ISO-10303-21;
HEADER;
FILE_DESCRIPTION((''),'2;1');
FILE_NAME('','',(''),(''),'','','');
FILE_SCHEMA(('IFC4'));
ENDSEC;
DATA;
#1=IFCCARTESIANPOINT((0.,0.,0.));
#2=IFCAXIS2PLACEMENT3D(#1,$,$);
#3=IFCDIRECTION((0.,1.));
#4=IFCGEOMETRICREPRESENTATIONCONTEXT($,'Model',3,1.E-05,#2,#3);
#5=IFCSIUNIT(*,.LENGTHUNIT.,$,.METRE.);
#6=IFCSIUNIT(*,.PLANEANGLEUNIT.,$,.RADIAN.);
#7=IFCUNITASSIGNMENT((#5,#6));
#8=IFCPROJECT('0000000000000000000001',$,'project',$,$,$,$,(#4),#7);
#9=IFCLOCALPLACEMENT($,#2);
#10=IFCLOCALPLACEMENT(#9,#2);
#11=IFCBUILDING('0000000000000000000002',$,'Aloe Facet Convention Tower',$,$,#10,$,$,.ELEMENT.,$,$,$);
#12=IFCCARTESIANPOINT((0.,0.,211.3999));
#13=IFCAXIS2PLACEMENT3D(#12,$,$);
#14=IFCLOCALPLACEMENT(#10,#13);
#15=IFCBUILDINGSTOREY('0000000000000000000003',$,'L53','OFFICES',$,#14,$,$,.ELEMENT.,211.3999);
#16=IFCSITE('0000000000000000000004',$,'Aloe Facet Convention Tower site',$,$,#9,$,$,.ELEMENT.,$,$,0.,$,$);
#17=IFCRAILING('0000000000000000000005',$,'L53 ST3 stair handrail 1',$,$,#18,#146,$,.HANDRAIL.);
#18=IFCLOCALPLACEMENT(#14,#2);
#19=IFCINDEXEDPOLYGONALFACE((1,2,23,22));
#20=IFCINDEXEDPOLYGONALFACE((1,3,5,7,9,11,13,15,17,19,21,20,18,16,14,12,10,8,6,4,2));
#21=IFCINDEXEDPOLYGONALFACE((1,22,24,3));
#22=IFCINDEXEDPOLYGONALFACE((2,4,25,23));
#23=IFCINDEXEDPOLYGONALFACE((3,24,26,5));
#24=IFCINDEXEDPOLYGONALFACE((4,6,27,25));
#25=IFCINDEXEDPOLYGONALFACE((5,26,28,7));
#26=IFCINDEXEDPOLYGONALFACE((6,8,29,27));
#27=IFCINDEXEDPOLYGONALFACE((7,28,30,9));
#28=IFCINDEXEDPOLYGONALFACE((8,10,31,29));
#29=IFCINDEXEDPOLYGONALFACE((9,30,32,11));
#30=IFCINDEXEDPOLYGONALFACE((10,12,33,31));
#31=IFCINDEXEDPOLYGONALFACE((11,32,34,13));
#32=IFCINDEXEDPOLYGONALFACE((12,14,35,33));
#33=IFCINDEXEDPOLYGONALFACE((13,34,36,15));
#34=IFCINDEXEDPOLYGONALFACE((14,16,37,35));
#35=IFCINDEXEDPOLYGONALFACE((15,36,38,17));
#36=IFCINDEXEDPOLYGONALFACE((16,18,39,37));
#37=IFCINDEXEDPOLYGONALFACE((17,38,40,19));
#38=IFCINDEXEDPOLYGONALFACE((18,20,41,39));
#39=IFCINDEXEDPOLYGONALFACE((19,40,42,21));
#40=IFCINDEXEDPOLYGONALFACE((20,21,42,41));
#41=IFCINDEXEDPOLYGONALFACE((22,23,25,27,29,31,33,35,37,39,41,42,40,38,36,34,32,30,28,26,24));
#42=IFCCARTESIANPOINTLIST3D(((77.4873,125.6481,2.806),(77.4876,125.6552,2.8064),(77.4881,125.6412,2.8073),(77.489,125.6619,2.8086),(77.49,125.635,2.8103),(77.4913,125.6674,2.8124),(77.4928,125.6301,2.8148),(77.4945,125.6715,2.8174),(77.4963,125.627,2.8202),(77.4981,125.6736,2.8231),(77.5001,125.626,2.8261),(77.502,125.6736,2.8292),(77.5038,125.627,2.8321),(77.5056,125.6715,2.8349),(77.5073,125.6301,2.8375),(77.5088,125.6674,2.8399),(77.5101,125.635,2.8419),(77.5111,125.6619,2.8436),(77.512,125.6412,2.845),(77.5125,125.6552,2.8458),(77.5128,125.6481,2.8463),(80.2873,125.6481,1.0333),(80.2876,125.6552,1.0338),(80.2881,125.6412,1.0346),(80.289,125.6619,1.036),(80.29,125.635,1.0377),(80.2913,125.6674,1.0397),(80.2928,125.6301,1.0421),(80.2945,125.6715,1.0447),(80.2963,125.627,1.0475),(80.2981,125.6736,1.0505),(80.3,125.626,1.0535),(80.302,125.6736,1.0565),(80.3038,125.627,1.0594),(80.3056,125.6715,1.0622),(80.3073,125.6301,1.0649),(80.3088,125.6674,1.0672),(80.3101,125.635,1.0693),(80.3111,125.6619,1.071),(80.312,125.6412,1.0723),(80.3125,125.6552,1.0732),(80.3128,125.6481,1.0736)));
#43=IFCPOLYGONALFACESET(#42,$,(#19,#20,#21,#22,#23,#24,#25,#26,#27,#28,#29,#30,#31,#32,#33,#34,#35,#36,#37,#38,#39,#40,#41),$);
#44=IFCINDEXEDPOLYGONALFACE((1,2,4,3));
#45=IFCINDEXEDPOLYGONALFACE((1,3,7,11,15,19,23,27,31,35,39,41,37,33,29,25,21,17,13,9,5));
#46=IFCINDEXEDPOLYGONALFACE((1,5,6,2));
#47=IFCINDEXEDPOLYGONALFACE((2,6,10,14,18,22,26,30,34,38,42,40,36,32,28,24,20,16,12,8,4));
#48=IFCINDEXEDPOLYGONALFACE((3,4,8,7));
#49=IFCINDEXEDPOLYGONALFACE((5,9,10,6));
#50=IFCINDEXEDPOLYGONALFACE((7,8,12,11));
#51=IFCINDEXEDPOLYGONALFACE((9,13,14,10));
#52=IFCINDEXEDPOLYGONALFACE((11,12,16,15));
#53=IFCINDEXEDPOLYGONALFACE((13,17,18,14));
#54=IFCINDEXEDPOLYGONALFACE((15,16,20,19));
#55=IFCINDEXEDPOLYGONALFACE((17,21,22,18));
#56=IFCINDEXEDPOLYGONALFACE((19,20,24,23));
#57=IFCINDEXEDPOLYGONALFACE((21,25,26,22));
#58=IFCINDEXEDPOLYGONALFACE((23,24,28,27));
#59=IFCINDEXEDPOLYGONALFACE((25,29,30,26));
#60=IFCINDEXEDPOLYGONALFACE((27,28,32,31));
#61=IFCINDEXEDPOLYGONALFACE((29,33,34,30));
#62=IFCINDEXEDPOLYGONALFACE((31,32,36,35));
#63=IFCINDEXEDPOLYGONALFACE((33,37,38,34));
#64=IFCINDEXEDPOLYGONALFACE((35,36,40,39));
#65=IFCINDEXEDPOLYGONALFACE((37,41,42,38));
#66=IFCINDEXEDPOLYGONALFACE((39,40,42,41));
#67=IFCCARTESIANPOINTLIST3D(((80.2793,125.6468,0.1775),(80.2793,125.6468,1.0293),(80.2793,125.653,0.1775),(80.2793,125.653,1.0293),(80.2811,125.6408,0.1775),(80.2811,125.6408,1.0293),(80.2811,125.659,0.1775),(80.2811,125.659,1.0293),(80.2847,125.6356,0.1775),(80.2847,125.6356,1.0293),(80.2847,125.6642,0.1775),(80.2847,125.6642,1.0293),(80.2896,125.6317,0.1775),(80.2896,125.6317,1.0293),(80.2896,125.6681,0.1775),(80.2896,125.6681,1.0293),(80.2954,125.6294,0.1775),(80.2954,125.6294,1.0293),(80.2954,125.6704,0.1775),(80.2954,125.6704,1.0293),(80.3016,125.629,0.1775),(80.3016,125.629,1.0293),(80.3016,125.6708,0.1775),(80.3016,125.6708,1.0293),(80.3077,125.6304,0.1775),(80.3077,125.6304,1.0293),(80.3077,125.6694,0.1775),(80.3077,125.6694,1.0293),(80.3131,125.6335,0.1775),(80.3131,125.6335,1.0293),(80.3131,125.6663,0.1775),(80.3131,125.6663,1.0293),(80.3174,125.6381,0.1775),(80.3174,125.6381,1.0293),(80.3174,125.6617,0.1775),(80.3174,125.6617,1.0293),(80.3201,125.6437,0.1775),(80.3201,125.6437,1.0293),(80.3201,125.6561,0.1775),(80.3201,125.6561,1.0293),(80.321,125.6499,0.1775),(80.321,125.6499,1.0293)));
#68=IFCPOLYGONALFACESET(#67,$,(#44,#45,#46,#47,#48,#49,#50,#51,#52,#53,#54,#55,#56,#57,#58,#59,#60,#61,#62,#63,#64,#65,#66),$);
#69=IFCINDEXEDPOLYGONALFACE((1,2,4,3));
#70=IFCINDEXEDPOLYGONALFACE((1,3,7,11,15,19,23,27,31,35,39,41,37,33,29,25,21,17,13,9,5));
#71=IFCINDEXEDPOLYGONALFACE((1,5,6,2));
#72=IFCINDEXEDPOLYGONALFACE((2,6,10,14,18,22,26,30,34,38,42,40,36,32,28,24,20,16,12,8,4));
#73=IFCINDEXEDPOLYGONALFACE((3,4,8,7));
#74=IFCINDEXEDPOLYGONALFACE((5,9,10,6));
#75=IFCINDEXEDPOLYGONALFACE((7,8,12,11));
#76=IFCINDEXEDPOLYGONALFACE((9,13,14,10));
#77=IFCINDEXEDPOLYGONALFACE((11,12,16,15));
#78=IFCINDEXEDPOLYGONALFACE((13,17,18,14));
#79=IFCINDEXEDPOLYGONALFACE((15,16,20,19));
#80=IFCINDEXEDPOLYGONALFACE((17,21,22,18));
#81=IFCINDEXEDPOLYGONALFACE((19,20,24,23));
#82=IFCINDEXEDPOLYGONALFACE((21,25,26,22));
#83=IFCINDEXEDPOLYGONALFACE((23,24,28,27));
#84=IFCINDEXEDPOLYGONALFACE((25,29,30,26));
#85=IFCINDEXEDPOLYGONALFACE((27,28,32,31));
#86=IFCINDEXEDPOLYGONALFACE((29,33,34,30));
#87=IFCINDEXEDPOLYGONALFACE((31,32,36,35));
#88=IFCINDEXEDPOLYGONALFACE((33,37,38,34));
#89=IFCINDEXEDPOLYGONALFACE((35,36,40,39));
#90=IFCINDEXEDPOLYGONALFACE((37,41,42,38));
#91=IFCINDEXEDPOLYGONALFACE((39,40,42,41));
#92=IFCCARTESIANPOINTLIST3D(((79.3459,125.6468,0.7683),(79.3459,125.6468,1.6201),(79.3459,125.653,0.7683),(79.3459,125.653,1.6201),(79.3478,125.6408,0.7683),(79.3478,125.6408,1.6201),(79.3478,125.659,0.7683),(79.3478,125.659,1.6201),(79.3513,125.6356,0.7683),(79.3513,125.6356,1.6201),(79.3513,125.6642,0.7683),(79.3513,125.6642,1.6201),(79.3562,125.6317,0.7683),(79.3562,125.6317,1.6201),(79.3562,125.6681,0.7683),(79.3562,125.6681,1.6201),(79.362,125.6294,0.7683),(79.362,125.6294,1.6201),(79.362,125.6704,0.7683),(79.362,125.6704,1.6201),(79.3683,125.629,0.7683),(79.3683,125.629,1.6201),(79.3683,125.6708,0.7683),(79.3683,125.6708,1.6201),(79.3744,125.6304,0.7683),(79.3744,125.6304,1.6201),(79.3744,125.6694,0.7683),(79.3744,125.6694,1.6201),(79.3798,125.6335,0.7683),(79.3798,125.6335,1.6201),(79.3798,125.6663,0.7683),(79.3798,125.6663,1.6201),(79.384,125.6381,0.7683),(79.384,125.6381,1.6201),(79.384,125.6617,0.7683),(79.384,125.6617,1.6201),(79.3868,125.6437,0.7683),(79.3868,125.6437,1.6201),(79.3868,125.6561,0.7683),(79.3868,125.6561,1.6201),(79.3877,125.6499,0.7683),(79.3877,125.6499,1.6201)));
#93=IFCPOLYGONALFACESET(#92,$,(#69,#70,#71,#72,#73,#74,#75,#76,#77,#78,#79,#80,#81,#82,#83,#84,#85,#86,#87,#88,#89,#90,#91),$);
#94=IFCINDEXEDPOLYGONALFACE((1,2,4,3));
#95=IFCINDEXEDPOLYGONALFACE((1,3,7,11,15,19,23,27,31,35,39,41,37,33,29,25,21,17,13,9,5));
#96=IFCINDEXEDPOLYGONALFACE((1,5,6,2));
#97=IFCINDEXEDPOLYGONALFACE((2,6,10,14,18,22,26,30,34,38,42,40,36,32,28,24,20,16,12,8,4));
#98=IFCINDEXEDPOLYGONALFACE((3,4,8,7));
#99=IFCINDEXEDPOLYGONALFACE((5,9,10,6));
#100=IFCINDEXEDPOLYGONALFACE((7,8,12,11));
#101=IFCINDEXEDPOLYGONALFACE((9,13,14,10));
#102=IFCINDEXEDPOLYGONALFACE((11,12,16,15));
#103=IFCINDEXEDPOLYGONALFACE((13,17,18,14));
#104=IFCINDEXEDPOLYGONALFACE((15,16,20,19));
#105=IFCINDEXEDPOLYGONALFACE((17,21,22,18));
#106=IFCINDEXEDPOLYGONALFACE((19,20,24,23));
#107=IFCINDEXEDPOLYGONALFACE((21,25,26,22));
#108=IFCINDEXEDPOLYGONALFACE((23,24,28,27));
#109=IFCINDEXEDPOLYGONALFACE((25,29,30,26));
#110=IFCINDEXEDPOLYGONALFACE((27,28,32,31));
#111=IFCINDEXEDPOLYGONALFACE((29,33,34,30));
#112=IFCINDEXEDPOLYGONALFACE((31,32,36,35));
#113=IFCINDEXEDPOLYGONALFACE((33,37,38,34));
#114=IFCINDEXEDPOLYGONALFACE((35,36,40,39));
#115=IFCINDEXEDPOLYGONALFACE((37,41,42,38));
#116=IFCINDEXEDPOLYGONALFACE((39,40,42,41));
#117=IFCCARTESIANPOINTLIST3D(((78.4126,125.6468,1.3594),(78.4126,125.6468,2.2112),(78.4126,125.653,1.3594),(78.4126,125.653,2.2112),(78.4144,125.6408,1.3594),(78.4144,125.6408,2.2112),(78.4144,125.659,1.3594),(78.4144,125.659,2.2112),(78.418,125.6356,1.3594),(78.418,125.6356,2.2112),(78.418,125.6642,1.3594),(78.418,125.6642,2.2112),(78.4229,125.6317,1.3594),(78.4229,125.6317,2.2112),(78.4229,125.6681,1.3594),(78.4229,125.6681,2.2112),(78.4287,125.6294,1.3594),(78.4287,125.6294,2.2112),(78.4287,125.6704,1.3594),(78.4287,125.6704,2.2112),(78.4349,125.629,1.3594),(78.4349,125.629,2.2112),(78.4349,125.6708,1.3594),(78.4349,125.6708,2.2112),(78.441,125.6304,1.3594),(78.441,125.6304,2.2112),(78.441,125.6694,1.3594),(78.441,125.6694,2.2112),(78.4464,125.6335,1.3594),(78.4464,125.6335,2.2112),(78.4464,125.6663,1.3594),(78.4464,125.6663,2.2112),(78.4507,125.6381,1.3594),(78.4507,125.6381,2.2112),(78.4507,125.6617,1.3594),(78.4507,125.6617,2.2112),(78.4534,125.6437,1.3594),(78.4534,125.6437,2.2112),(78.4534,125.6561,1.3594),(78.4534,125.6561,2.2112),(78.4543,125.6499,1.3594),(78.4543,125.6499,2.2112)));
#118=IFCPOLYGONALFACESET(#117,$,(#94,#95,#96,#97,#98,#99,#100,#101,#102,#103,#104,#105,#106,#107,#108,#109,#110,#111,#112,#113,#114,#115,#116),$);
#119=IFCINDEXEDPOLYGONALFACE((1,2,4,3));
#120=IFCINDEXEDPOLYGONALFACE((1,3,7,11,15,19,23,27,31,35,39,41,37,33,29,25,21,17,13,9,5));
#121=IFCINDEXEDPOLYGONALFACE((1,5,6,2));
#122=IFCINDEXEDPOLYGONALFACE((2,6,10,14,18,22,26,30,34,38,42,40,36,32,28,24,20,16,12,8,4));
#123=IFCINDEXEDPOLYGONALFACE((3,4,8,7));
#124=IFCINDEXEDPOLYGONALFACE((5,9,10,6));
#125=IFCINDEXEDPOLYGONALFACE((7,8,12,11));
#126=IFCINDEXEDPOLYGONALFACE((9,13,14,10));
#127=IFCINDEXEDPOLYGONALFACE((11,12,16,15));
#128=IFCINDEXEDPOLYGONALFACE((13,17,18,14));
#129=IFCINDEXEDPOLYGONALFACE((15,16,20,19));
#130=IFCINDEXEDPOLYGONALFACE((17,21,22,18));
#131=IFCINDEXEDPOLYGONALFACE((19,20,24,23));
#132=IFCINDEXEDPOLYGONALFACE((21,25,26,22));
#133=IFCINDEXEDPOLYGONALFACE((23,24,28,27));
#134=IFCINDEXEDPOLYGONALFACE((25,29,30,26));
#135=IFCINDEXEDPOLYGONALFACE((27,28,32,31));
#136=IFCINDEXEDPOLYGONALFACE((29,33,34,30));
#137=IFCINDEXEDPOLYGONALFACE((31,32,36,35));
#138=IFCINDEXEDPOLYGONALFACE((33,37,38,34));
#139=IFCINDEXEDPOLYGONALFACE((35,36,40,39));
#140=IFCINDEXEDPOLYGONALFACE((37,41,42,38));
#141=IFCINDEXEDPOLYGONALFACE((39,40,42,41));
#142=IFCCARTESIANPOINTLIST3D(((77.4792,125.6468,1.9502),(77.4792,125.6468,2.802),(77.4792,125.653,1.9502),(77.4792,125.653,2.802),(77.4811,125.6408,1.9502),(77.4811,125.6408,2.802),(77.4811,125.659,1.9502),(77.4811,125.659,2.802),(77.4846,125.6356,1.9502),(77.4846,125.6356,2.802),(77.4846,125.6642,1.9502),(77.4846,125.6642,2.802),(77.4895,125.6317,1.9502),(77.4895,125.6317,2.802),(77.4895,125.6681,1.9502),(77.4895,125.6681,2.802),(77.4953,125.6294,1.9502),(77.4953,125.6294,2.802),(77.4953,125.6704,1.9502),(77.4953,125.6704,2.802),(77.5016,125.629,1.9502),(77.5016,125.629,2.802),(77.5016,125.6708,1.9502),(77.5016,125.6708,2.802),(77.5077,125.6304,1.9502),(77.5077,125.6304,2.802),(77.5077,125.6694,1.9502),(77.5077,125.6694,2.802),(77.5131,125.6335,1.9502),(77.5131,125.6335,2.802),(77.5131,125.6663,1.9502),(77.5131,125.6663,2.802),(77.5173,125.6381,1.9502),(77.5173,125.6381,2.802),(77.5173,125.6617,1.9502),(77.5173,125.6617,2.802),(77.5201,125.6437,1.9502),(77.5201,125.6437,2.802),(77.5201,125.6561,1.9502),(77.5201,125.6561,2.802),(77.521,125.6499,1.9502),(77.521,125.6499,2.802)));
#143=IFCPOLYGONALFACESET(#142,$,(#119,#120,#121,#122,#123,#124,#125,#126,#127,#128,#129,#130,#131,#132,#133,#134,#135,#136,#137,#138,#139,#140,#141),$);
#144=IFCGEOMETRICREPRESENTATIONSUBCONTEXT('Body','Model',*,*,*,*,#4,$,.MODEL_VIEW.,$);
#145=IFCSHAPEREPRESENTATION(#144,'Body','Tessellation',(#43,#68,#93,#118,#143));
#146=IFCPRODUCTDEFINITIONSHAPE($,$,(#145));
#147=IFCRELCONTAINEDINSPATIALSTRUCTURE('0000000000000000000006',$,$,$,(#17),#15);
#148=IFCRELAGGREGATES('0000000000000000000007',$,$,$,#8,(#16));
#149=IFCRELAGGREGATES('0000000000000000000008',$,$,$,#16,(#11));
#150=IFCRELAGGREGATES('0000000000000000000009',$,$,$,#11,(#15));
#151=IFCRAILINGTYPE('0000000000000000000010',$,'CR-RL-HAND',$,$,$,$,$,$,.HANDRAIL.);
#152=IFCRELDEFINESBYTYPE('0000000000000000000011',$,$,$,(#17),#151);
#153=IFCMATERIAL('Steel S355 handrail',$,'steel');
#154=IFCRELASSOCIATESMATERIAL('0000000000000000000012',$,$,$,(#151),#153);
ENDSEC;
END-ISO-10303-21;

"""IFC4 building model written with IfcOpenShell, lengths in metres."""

from ifc_helpers import new_model, si_unit, direction, frame, origin, origin_2d, place, context, subcontext, project, spatial, circle, extrude, material, type_object, element, save


model = new_model("IFC4")

# Units and contexts
model_context = context("Model", 3, precision=1e-05, world=origin(), true_north=direction((0.0, 1.0)))
body_context = subcontext(model_context, "Body", "Model", "MODEL_VIEW")
ifc_project = project(units=[si_unit("LENGTHUNIT", "METRE"), si_unit("PLANEANGLEUNIT", "RADIAN")], contexts=[model_context])

# Site, building, storey
site_placement = place(None, origin())
site = spatial("IfcSite", under=ifc_project, at=site_placement, Name="Aloe Facet Convention Tower site", CompositionType="ELEMENT", RefElevation=0.0)
building_placement = place(site_placement, origin())
building = spatial("IfcBuilding", under=site, at=building_placement, Name="Aloe Facet Convention Tower", CompositionType="ELEMENT")
storey_placement = place(building_placement, frame((0.0, 0.0, 211.3999)))
storey = spatial("IfcBuildingStorey", under=building, at=storey_placement, Name="L53", Description="OFFICES", CompositionType="ELEMENT", Elevation=211.3999)

# Railing
ifc_material_1 = material(Name="Steel S355 handrail", Category="steel")
railing_type_1 = type_object("IfcRailingType", Name="CR-RL-HAND", PredefinedType="HANDRAIL", material=ifc_material_1)
railing_1_placement = place(storey_placement, frame((80.3, 125.6499, 0.1775)))
element("IfcRailing", 1, at=railing_1_placement, inside=storey, type_object=railing_type_1, Name="L53 ST3 stair handrail 1", PredefinedType="HANDRAIL", context=body_context, shape_type="SweptSolid", body=[
    extrude(circle(Radius=0.0239, at=origin_2d()), frame((0.0, 0.0, 0.876), z_axis=(-0.844909, 0.0, 0.53491), x_axis=(0.0, -1.0, 0.0)), (0.0, 0.0, 1.0), 3.314),
    extrude(circle(Radius=0.021, at=origin_2d()), origin(), (0.0, 0.0, 1.0), 0.8518),
    extrude(circle(Radius=0.021, at=origin_2d()), frame((-0.9333, 0.0, 0.5908)), (0.0, 0.0, 1.0), 0.8518),
    extrude(circle(Radius=0.021, at=origin_2d()), frame((-1.8667, 0.0, 1.1819)), (0.0, 0.0, 1.0), 0.8518),
    extrude(circle(Radius=0.021, at=origin_2d()), frame((-2.8, 0.0, 1.7727)), (0.0, 0.0, 1.0), 0.8518),
])

save(model, "model.ifc")
